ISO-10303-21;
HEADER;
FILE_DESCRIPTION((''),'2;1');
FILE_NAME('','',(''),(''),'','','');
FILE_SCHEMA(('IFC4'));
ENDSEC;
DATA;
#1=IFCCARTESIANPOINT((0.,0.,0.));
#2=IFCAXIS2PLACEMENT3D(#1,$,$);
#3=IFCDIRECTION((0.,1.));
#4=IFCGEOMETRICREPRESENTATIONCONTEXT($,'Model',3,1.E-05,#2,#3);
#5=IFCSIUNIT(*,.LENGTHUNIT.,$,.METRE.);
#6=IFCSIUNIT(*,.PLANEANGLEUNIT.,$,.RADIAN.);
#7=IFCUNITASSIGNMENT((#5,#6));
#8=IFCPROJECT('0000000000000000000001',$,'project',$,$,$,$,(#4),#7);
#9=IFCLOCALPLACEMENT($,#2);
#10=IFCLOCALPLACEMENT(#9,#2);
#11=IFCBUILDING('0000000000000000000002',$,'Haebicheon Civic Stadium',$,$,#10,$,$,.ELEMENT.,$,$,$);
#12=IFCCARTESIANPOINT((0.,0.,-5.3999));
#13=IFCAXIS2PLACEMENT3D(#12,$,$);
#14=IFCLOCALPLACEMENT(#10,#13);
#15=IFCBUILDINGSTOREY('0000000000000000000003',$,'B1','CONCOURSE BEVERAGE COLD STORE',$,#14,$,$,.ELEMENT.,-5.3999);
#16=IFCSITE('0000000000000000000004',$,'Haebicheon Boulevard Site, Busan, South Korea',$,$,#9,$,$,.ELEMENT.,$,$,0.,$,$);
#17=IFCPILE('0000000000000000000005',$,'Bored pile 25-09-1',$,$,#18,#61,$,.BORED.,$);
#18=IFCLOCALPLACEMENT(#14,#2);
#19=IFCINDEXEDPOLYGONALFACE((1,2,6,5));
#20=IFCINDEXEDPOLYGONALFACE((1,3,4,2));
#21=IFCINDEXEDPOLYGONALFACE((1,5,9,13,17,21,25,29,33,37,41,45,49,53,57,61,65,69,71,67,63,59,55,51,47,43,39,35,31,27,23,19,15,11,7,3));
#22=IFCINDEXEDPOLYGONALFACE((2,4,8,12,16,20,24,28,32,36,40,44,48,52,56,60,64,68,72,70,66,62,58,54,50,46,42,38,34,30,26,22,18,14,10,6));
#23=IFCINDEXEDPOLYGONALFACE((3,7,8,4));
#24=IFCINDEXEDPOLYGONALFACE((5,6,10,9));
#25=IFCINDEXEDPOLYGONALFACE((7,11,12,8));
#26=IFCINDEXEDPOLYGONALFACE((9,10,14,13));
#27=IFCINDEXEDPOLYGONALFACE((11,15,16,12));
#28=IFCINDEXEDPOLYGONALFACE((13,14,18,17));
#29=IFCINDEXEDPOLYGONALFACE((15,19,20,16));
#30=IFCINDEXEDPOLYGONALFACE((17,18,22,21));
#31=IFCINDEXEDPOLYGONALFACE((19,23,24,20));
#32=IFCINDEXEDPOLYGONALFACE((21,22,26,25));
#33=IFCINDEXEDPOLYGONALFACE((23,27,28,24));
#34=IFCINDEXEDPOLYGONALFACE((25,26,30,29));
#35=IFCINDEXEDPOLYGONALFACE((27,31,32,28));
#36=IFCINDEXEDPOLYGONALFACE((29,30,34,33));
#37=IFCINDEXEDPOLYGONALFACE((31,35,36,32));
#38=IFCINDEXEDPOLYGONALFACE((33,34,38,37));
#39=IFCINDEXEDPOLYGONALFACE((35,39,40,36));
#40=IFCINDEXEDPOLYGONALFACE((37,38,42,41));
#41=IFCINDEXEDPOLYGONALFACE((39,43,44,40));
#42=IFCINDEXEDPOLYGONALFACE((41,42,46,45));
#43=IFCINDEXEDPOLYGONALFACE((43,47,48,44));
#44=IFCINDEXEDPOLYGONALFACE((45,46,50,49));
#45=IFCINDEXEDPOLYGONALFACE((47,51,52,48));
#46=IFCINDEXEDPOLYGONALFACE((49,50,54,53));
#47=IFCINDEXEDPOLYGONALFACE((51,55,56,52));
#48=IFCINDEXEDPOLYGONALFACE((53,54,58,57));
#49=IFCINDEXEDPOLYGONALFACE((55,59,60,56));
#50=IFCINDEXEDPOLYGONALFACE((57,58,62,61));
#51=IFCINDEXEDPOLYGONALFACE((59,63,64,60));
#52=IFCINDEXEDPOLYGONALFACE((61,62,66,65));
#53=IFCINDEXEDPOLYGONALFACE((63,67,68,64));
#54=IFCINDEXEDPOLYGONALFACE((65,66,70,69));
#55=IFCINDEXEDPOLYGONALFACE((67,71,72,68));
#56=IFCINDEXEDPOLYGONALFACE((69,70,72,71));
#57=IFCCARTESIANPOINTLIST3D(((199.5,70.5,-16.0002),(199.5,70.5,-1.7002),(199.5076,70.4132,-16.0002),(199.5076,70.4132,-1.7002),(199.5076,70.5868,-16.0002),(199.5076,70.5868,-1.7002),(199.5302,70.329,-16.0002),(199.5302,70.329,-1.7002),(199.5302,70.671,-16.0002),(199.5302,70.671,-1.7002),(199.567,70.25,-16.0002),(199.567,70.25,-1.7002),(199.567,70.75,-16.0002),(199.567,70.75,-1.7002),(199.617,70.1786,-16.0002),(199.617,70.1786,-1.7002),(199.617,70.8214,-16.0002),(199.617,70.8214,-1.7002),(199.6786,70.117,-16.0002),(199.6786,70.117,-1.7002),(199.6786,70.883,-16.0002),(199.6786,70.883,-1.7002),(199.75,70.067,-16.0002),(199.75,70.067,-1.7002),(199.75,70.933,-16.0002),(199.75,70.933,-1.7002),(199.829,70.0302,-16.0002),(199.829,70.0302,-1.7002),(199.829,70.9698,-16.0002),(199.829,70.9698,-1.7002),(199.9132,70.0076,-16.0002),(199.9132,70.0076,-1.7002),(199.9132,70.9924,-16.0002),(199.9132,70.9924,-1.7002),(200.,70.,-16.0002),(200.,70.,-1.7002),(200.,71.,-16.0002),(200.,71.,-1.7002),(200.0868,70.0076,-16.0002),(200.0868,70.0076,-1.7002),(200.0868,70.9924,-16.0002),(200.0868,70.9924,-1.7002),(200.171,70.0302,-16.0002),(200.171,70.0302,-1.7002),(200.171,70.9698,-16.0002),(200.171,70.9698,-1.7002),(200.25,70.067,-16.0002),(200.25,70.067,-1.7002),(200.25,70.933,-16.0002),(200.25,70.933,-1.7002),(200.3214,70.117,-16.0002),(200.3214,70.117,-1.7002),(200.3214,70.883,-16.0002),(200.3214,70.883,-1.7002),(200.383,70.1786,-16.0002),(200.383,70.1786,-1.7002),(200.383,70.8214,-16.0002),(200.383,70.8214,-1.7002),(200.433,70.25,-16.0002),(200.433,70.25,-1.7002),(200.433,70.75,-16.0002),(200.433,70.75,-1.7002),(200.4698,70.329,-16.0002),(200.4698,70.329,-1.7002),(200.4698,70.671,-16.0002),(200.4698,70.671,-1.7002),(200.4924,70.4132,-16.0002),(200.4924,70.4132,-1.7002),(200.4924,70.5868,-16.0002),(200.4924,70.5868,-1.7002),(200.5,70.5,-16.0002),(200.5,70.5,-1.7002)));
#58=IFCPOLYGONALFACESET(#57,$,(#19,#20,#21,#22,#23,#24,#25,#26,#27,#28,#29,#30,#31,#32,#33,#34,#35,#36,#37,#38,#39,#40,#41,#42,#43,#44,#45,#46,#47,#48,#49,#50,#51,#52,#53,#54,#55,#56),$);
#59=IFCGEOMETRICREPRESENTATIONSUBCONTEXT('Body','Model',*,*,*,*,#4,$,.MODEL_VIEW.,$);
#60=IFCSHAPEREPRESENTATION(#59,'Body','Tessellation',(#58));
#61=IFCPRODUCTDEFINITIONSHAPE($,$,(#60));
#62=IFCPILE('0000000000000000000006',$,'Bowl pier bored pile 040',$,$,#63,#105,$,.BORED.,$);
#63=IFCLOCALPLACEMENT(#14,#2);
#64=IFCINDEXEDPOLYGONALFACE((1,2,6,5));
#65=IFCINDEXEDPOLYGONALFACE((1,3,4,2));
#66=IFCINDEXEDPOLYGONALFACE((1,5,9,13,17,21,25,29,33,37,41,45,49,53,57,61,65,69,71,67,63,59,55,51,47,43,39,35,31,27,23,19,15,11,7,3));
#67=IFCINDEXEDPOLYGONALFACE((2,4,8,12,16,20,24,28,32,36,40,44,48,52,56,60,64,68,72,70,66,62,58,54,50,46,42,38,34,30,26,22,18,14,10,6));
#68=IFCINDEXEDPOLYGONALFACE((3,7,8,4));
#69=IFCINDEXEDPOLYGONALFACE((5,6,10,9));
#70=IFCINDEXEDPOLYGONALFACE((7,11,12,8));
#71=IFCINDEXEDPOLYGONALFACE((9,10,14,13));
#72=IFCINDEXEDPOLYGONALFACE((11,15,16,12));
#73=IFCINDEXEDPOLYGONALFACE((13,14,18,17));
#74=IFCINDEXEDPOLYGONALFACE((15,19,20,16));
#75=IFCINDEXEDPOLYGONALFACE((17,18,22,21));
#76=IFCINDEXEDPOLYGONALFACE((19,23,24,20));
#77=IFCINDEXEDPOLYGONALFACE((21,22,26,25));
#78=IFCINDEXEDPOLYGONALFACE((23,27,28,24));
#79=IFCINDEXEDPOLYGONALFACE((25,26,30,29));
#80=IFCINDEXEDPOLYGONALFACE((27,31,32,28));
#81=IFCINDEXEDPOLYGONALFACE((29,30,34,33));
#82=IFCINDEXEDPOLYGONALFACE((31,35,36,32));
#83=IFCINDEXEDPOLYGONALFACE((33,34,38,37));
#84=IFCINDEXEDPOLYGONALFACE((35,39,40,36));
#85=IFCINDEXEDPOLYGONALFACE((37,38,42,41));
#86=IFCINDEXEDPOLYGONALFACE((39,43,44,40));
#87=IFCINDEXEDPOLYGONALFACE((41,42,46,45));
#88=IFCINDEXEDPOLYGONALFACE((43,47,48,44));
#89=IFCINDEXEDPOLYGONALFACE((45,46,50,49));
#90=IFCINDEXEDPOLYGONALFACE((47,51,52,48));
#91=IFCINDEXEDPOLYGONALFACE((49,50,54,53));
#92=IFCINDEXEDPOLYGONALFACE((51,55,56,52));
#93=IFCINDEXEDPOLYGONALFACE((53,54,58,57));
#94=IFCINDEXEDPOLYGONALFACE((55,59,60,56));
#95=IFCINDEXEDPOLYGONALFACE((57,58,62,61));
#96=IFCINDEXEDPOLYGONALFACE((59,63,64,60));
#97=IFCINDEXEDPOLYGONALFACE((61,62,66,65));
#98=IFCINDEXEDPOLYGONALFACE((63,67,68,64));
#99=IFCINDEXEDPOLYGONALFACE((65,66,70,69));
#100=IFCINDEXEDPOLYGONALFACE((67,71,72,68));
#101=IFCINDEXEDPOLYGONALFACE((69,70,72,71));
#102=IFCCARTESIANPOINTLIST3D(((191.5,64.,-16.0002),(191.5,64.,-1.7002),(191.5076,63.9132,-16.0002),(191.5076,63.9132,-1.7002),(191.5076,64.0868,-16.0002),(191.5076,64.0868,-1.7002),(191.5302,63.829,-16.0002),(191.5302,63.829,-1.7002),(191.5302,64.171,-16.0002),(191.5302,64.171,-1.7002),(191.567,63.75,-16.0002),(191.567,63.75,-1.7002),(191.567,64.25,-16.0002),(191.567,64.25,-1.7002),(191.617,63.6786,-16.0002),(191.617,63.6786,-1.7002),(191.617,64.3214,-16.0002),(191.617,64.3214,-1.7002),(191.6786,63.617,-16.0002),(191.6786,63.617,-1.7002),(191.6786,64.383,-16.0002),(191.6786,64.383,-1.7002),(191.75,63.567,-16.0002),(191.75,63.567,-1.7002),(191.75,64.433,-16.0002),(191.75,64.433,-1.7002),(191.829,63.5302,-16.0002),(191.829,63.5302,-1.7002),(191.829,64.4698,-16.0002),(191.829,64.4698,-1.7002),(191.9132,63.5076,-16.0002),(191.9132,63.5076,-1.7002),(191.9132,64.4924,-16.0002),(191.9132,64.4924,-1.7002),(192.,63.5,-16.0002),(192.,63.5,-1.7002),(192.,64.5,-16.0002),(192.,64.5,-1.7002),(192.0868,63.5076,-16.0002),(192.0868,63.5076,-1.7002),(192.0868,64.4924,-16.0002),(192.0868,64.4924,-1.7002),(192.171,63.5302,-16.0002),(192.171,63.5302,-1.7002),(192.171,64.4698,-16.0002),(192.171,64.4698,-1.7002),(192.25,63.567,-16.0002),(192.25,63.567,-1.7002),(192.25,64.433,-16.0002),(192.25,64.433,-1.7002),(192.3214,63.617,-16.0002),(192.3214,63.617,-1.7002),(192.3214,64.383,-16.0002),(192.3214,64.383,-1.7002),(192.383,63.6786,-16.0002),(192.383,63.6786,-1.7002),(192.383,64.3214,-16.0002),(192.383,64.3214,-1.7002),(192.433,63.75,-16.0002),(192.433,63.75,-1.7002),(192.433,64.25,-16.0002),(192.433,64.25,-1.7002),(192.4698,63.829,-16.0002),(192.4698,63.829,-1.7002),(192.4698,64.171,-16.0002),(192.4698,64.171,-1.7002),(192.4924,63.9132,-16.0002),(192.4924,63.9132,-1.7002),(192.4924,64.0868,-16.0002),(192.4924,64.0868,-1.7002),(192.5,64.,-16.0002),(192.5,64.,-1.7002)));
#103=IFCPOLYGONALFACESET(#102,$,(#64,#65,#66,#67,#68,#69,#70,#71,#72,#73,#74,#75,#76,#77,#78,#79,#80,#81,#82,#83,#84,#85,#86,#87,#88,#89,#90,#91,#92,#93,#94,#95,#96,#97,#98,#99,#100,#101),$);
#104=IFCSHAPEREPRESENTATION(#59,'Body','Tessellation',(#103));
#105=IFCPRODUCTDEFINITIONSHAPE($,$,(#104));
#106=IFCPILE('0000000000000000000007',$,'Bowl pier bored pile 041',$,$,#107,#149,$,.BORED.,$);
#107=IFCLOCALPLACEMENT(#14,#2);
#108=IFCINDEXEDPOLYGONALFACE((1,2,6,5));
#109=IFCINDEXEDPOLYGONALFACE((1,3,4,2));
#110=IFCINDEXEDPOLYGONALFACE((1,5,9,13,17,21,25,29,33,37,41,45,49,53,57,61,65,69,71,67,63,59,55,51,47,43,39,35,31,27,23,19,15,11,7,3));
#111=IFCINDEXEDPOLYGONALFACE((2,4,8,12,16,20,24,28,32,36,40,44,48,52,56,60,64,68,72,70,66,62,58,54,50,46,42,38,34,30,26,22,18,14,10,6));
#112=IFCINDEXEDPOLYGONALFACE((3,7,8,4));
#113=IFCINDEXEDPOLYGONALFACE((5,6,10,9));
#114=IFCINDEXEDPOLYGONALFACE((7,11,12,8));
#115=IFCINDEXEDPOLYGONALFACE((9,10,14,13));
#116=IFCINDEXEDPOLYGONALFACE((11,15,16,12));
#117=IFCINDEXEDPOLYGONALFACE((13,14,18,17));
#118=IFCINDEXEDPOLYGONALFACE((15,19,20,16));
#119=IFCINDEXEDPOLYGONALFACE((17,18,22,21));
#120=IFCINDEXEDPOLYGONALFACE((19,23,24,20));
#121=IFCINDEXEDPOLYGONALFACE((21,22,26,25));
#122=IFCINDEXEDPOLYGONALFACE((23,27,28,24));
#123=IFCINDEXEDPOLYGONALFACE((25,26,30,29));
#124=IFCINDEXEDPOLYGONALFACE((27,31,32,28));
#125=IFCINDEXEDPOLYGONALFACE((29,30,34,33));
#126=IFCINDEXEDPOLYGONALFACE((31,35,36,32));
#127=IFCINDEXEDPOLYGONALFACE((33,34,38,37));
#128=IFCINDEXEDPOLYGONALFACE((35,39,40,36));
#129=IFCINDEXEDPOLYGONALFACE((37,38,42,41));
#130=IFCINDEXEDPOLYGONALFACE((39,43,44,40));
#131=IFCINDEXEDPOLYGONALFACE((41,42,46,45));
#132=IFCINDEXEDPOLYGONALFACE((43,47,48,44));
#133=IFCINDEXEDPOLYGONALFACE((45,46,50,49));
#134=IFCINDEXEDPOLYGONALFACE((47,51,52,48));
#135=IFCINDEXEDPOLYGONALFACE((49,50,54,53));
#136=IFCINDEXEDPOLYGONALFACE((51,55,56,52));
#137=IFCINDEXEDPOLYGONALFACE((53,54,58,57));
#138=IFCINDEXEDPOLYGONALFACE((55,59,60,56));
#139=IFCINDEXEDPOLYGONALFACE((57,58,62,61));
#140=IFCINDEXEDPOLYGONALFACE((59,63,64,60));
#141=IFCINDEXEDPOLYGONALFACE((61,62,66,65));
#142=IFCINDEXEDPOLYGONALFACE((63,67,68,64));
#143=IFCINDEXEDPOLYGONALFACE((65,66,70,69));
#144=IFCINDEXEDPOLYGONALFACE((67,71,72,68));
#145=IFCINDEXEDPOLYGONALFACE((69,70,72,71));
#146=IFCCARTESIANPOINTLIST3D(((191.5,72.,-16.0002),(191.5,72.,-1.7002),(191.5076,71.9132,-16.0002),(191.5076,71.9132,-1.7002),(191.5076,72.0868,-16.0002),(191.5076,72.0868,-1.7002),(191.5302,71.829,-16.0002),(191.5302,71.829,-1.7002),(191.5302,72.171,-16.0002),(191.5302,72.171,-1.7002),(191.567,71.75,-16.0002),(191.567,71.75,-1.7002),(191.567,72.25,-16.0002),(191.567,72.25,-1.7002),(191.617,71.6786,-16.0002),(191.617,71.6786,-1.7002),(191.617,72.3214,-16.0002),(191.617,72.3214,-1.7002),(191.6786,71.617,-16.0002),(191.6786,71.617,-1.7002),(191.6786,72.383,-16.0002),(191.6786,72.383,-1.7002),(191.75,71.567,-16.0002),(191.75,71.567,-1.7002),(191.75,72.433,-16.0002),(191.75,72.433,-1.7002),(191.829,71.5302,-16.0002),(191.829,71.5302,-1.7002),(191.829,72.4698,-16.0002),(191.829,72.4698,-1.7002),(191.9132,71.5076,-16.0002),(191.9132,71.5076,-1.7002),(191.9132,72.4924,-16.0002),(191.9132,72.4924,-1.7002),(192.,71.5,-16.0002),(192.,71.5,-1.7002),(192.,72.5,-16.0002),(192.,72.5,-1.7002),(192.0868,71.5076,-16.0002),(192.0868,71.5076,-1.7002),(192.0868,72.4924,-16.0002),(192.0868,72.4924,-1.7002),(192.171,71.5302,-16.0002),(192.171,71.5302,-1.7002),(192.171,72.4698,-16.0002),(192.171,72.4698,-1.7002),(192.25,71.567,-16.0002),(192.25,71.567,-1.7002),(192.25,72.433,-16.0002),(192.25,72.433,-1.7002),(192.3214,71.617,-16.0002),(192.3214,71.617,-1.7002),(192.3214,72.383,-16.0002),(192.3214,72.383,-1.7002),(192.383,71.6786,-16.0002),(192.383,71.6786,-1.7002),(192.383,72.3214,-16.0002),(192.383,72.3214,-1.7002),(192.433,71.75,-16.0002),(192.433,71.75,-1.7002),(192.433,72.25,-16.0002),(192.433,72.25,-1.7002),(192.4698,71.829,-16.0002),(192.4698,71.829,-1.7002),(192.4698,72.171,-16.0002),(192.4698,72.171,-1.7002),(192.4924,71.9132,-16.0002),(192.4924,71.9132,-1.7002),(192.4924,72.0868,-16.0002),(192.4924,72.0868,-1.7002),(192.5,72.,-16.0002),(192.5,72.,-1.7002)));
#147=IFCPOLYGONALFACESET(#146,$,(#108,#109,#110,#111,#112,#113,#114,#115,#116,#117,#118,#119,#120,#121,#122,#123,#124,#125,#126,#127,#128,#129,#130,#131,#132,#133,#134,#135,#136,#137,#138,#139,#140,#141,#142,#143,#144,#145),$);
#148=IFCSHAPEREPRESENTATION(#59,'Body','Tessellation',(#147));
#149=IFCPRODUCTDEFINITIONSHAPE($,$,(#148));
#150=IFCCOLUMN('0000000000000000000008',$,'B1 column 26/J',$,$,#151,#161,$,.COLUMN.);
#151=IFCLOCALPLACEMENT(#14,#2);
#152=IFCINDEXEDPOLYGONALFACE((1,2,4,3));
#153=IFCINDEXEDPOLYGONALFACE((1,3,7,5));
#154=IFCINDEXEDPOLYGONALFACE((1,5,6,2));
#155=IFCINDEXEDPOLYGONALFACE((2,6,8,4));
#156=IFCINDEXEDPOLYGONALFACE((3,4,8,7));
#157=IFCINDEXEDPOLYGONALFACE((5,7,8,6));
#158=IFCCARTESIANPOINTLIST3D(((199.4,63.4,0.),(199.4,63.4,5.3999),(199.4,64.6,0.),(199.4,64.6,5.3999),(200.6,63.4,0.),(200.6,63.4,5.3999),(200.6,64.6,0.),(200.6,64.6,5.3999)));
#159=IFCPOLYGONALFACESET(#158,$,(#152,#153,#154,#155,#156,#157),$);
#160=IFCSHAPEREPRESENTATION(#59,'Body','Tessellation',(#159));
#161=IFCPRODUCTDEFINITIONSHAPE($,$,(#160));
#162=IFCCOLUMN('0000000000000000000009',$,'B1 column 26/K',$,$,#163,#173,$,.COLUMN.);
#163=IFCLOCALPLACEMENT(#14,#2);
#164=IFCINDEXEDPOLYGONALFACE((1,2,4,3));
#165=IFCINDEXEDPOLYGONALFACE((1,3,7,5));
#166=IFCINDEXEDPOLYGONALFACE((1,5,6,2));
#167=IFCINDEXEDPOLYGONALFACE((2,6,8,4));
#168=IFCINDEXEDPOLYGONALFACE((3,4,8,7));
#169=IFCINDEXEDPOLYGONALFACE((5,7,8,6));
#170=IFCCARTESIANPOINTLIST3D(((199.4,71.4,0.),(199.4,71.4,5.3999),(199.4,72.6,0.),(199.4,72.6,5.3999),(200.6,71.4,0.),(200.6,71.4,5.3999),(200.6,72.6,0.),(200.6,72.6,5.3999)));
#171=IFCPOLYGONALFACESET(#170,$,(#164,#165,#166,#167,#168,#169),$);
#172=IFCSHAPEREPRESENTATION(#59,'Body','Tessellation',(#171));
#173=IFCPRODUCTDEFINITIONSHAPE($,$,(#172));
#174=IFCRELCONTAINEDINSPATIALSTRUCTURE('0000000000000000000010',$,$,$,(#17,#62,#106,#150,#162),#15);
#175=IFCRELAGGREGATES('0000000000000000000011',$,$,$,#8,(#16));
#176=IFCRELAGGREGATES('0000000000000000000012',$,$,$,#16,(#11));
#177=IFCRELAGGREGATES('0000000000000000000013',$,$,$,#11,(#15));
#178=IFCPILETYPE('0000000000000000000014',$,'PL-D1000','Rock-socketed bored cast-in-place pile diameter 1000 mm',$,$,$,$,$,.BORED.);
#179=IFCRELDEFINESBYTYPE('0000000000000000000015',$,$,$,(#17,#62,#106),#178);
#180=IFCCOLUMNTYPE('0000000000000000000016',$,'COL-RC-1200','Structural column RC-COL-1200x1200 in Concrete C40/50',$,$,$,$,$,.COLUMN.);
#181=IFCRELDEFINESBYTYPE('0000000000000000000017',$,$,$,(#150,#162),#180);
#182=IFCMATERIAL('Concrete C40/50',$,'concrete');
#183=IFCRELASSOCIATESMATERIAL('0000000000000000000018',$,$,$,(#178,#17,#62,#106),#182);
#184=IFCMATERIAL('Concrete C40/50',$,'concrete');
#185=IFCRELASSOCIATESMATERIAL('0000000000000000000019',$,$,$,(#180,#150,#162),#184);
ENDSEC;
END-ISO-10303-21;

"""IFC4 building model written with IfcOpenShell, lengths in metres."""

from ifc_helpers import new_model, si_unit, direction, frame, origin, origin_2d, place, context, subcontext, project, spatial, rectangle, circle, extrude, material, material_profile, profile_set, type_object, element, save


model = new_model("IFC4")

# Units and contexts
model_context = context("Model", 3, precision=1e-05, world=origin(), true_north=direction((0.0, 1.0)))
body_context = subcontext(model_context, "Body", "Model", "MODEL_VIEW")
ifc_project = project(units=[si_unit("LENGTHUNIT", "METRE"), si_unit("PLANEANGLEUNIT", "RADIAN")], contexts=[model_context])

# Site, building, storey
site_placement = place(None, origin())
site = spatial("IfcSite", under=ifc_project, at=site_placement, Name="Haebicheon Boulevard Site, Busan, South Korea", CompositionType="ELEMENT", RefElevation=0.0)
building_placement = place(site_placement, origin())
building = spatial("IfcBuilding", under=site, at=building_placement, Name="Haebicheon Civic Stadium", CompositionType="ELEMENT")
storey_placement = place(building_placement, frame((0.0, 0.0, -5.3999)))
storey = spatial("IfcBuildingStorey", under=building, at=storey_placement, Name="B1", Description="CONCOURSE BEVERAGE COLD STORE", CompositionType="ELEMENT", Elevation=-5.3999)

# Piles
ifc_material_1 = material(Name="Concrete C40/50", Category="concrete")
ifc_material_profile_1 = material_profile(ifc_material_1, circle(Radius=0.5, at=origin_2d()), Name="PILE-D1000")
ifc_profile_set_1 = profile_set([ifc_material_profile_1], Name="Concrete C40/50")
pile_type = type_object("IfcPileType", Name="PL-D1000", Description="Rock-socketed bored cast-in-place pile diameter 1000 mm", PredefinedType="BORED", material=ifc_profile_set_1)
for number, where, z_axis, x_axis, name in (
    (1, (200.0, 70.5, -1.7002), (0.0, 0.0, -1.0), (1.0, 0.0, 0.0), "Bored pile 25-09-1"),
    (2, (192.0, 64.0, -1.7002), (0.0, 0.0, -1.0), (1.0, 0.0, 0.0), "Bowl pier bored pile 040"),
    (3, (192.0, 72.0, -1.7002), (0.0, 0.0, -1.0), (1.0, 0.0, 0.0), "Bowl pier bored pile 041"),
):
    element("IfcPile", number, at=place(storey_placement, frame(where, z_axis=z_axis, x_axis=x_axis)), inside=storey, type_object=pile_type, material=ifc_profile_set_1, Name=name, PredefinedType="BORED", context=body_context, shape_type="SweptSolid", body=[
        extrude(circle(Radius=0.5, at=origin_2d()), origin(), (0.0, 0.0, 1.0), 14.3),
    ])

# Columns
ifc_material_2 = material(Name="Concrete C40/50", Category="concrete")
ifc_material_profile_2 = material_profile(ifc_material_2, rectangle(XDim=1.2, YDim=1.2, at=origin_2d()), Name="RC-COL-1200x1200")
ifc_profile_set_2 = profile_set([ifc_material_profile_2], Name="Concrete C40/50")
column_type_1 = type_object("IfcColumnType", Name="COL-RC-1200", Description="Structural column RC-COL-1200x1200 in Concrete C40/50", PredefinedType="COLUMN", material=ifc_profile_set_2)
for number, where, z_axis, x_axis, name in (
    (4, (200.0, 64.0, 0.0), (0.0, 0.0, 1.0), (1.0, 0.0, 0.0), "B1 column 26/J"),
    (5, (200.0, 72.0, 0.0), (0.0, 0.0, 1.0), (1.0, 0.0, 0.0), "B1 column 26/K"),
):
    element("IfcColumn", number, at=place(storey_placement, frame(where, z_axis=z_axis, x_axis=x_axis)), inside=storey, type_object=column_type_1, material=ifc_profile_set_2, Name=name, PredefinedType="COLUMN", context=body_context, shape_type="SweptSolid", body=[
        extrude(rectangle(XDim=1.2, YDim=1.2, at=origin_2d()), origin(), (0.0, 0.0, 1.0), 5.3999),
    ])

save(model, "model.ifc")
